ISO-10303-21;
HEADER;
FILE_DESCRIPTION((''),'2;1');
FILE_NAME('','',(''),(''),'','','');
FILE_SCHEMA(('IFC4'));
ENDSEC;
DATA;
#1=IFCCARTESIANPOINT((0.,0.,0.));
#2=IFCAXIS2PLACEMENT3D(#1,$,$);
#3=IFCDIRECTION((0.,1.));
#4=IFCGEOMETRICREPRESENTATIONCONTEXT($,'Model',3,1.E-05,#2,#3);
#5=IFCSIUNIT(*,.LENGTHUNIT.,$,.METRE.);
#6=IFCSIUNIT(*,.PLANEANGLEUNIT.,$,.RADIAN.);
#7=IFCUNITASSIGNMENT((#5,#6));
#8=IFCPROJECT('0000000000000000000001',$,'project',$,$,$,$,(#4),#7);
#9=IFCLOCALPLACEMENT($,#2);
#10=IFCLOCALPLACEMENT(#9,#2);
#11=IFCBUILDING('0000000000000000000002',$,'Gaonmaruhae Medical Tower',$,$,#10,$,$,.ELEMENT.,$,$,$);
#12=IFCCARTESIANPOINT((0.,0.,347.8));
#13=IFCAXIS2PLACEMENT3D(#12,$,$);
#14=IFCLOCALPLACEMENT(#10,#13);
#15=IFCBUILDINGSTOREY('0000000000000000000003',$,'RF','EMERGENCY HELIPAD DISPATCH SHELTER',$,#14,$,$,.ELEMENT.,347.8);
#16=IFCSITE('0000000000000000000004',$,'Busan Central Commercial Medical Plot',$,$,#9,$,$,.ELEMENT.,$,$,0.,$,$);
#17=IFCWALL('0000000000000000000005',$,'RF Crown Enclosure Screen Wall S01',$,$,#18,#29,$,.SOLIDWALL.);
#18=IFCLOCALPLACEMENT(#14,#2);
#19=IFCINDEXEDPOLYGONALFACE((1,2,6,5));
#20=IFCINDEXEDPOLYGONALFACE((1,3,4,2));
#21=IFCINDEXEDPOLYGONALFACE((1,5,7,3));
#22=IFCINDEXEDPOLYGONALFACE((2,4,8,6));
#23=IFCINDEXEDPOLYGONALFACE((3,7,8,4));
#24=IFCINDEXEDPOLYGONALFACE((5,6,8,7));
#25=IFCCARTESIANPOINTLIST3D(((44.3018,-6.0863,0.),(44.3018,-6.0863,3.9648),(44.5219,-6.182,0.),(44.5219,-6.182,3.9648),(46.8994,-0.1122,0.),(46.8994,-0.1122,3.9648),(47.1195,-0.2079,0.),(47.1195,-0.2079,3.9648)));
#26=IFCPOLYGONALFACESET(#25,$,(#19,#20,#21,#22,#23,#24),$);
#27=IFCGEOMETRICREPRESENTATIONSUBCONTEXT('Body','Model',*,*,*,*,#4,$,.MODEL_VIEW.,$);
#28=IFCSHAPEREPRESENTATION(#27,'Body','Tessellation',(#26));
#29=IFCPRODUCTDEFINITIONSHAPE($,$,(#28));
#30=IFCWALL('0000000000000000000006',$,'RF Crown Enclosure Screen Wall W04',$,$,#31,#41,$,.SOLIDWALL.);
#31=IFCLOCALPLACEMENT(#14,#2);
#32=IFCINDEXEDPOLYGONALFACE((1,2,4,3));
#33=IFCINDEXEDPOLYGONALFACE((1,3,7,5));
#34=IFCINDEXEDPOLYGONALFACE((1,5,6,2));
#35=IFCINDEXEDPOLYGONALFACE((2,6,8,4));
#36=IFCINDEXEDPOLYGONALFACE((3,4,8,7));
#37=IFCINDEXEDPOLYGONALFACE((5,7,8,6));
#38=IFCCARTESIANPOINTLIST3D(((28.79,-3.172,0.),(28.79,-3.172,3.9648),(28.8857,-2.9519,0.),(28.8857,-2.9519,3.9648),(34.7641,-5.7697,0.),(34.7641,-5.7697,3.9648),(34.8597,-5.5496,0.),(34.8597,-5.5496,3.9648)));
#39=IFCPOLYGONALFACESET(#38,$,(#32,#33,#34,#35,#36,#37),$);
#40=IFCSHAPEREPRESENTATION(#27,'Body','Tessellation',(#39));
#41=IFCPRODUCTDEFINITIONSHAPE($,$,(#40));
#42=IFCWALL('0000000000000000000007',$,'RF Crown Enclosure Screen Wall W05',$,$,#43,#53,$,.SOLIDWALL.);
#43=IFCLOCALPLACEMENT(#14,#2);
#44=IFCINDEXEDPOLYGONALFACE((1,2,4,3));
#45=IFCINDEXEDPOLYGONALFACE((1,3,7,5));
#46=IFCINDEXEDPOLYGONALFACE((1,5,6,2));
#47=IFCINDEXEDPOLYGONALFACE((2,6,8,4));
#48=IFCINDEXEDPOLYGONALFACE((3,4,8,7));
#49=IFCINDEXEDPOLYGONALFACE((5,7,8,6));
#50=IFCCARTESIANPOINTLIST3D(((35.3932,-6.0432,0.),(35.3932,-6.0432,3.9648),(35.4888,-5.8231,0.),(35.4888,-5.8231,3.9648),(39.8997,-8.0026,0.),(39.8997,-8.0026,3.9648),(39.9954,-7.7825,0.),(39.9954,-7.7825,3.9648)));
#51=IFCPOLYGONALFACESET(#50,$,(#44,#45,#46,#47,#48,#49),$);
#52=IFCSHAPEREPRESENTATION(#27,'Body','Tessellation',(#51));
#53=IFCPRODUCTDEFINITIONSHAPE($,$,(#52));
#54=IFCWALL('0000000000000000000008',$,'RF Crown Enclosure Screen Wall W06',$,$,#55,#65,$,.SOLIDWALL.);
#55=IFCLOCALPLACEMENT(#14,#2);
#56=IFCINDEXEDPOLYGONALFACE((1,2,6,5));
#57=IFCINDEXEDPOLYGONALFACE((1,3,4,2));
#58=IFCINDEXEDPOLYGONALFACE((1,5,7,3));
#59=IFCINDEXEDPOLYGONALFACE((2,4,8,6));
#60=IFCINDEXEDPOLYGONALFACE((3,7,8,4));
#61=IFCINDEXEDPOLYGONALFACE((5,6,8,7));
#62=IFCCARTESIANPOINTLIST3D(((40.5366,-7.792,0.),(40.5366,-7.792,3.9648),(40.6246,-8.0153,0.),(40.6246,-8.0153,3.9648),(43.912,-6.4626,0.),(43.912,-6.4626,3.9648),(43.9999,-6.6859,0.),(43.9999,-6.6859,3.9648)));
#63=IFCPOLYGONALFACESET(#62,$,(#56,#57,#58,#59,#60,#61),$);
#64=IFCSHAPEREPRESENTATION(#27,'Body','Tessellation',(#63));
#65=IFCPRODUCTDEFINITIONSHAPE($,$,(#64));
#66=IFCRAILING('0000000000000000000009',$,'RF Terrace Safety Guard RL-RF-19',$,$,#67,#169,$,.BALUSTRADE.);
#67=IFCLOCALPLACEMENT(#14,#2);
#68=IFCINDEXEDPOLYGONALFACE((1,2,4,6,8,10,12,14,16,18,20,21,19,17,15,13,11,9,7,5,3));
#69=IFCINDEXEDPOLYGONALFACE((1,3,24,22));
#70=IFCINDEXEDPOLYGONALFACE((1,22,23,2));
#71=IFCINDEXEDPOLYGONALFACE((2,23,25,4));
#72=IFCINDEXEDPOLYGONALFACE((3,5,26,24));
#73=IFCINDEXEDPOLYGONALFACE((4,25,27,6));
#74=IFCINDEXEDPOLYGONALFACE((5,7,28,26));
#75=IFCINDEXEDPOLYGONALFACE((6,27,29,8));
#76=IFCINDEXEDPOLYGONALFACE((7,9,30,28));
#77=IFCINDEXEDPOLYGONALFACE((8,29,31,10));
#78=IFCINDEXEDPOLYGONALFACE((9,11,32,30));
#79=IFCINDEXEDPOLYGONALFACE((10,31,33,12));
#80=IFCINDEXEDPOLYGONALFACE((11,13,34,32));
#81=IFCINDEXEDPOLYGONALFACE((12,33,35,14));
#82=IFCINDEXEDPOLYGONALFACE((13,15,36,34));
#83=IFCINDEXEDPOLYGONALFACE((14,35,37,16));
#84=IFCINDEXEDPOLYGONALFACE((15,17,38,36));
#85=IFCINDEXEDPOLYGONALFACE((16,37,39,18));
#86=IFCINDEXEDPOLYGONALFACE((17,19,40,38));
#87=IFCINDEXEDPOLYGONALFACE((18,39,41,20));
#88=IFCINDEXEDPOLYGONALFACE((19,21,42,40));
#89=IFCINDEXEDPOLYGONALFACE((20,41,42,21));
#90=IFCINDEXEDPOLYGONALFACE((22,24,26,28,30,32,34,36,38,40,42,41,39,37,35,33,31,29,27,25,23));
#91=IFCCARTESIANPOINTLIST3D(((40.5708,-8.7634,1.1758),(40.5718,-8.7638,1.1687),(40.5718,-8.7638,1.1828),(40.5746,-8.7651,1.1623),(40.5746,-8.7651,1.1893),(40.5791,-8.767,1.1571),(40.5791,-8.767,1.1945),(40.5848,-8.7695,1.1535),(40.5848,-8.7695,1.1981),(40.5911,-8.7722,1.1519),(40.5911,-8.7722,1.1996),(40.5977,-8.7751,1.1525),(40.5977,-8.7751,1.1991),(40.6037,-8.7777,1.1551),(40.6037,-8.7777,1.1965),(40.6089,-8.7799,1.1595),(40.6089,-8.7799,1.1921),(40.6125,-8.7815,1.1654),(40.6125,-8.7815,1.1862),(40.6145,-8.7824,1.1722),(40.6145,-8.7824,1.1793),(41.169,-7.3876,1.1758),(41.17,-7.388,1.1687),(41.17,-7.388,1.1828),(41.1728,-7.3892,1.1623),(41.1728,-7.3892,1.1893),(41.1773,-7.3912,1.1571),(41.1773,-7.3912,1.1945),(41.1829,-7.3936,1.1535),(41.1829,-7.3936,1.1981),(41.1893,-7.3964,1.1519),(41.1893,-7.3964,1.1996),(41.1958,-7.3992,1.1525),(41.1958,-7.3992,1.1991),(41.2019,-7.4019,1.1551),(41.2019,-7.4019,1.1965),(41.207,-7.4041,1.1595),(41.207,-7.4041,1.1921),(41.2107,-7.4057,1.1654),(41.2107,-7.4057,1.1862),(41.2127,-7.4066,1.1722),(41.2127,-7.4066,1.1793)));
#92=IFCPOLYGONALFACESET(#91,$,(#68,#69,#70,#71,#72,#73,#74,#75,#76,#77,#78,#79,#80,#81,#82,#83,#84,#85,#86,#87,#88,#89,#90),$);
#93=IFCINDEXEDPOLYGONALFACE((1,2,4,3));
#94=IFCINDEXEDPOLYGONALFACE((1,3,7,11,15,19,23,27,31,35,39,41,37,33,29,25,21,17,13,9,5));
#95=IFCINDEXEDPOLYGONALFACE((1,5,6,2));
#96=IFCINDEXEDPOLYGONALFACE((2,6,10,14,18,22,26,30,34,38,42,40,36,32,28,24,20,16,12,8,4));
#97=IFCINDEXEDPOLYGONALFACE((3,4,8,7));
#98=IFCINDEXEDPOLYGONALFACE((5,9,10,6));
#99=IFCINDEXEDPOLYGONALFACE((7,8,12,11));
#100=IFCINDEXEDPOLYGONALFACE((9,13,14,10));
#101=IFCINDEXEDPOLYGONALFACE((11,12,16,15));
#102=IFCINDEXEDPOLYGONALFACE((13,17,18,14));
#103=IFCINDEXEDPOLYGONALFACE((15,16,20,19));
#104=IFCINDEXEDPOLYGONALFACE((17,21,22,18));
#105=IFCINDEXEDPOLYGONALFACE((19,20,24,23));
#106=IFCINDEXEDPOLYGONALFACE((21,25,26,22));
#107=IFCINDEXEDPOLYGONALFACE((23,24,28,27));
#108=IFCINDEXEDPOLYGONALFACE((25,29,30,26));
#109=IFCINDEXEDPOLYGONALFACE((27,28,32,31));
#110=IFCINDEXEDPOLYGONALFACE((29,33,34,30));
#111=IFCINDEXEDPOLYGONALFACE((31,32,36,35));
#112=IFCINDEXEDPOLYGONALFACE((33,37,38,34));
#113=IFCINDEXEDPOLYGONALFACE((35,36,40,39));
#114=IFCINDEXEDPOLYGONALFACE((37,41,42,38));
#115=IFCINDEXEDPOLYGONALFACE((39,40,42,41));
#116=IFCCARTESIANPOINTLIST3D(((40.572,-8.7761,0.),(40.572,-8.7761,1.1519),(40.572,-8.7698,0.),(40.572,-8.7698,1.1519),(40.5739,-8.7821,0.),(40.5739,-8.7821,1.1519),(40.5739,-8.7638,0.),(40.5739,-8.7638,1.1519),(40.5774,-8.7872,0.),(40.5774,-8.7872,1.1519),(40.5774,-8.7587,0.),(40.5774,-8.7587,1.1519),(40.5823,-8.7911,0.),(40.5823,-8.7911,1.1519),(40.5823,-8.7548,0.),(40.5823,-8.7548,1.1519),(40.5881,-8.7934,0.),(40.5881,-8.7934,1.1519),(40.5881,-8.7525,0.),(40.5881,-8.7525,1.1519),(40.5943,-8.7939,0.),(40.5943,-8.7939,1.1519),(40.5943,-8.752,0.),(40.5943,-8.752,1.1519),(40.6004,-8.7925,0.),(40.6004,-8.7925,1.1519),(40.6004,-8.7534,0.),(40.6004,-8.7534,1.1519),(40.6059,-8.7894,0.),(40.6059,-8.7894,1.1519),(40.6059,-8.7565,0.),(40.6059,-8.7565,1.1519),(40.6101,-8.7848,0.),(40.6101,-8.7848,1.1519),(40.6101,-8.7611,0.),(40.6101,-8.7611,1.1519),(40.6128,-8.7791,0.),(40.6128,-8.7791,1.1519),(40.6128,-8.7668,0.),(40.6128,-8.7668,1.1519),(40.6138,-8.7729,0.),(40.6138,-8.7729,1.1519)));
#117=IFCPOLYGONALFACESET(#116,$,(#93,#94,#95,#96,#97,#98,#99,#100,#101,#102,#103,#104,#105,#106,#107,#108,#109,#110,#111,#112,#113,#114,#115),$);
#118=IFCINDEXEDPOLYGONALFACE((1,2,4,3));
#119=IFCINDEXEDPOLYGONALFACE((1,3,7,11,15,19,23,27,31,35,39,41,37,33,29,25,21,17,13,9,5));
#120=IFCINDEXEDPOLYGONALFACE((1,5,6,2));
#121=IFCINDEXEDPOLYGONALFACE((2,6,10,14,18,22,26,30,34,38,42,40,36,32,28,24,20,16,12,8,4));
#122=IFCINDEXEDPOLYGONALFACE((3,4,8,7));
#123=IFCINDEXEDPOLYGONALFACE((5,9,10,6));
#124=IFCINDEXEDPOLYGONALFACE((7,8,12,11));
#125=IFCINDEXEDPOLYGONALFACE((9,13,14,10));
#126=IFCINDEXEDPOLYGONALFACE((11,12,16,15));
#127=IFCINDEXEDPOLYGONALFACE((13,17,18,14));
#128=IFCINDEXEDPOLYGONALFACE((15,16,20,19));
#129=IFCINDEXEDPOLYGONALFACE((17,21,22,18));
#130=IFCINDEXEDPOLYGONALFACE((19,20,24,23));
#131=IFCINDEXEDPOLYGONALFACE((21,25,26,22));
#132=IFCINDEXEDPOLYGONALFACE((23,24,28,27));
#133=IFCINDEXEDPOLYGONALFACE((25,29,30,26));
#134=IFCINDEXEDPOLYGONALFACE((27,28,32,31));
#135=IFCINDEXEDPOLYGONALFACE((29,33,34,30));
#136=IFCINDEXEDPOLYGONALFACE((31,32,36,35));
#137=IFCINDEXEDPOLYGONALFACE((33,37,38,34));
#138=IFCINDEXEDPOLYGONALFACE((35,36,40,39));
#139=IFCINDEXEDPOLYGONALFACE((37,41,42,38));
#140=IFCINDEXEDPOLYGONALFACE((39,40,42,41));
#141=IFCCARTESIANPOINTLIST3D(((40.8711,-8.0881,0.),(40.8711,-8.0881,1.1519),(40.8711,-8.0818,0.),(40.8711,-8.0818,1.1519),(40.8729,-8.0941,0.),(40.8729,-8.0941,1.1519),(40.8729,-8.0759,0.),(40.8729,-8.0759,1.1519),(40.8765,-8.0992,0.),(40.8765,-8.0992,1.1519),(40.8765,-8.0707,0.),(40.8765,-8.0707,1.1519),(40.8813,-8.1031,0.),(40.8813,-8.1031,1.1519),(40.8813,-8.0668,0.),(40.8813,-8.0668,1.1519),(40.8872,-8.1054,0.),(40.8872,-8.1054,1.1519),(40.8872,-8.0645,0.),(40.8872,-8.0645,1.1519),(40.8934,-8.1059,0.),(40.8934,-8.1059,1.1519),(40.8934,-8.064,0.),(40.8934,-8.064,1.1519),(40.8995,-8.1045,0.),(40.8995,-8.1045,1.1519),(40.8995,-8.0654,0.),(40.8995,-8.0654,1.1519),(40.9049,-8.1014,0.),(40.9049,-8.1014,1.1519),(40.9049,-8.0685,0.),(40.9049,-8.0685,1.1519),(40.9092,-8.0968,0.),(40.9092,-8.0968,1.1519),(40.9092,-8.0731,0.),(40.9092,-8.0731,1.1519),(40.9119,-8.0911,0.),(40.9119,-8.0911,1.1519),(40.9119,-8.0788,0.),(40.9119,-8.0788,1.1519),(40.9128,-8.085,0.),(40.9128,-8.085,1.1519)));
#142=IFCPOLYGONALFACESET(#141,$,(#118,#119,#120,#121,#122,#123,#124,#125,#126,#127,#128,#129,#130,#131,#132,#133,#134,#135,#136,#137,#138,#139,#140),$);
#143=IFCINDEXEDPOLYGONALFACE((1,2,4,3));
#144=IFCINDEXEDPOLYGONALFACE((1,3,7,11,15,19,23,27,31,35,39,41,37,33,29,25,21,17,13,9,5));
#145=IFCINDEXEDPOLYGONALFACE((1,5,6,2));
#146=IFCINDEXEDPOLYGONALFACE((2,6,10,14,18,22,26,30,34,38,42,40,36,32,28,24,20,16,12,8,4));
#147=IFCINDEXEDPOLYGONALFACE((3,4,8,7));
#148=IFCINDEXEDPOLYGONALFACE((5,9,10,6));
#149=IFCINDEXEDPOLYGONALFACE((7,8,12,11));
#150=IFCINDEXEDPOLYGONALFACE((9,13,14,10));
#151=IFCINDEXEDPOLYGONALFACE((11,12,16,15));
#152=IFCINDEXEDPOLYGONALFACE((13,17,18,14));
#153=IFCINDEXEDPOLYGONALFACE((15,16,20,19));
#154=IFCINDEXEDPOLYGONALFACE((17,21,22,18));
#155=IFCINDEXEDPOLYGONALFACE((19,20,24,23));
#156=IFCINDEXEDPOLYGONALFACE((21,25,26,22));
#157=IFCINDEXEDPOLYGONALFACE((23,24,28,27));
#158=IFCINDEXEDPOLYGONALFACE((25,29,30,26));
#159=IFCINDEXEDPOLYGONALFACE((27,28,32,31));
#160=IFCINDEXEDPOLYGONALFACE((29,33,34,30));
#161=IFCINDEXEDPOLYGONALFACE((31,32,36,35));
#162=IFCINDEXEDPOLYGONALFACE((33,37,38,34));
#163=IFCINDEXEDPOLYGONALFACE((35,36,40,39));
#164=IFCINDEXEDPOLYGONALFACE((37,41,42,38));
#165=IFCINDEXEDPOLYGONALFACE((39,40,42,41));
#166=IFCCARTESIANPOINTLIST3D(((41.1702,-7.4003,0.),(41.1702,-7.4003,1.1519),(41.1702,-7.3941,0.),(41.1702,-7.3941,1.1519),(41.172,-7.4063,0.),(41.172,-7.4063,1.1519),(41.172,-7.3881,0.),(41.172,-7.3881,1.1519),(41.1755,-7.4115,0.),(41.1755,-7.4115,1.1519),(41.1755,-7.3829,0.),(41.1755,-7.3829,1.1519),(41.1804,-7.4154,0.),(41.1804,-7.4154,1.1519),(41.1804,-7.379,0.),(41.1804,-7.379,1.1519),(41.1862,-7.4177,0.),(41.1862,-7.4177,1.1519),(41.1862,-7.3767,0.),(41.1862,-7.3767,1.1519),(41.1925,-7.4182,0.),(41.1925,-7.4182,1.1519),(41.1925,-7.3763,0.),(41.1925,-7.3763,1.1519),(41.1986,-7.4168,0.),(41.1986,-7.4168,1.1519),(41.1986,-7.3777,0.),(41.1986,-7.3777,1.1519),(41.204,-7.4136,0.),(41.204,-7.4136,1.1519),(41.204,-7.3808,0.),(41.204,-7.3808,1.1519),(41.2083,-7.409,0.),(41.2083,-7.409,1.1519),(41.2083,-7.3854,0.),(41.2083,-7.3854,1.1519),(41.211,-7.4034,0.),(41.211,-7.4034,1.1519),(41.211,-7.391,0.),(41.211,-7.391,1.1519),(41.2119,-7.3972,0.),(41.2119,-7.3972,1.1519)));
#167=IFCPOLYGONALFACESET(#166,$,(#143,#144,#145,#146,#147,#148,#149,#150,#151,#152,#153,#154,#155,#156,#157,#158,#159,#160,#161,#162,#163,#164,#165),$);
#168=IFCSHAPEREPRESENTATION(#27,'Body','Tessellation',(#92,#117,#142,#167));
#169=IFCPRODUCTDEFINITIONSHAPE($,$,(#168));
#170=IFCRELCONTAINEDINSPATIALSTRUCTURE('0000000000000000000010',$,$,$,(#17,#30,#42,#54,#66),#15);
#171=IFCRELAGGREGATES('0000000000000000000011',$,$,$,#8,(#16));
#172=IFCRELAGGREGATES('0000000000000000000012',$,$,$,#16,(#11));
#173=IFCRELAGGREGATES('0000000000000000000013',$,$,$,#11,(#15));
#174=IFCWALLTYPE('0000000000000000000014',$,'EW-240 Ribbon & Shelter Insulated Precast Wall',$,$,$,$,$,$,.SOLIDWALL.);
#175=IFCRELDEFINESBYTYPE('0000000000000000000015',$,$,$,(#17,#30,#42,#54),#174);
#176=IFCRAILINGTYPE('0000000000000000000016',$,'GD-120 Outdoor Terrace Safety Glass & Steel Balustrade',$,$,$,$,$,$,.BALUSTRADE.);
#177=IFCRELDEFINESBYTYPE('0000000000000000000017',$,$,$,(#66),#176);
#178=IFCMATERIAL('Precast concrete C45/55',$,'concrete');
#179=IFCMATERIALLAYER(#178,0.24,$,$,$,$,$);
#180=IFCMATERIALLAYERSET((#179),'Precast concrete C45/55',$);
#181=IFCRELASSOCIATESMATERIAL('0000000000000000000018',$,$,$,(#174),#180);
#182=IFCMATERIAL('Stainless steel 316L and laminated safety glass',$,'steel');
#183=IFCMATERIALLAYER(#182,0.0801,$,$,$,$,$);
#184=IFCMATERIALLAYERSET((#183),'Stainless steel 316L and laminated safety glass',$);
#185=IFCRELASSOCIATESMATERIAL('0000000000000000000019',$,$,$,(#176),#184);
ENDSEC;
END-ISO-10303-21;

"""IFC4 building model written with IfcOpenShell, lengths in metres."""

from ifc_helpers import new_model, si_unit, direction, frame, frame_2d, origin, origin_2d, place, context, subcontext, project, spatial, rectangle, circle, extrude, material, layer, layer_set, type_object, element, save


model = new_model("IFC4")

# Units and contexts
model_context = context("Model", 3, precision=1e-05, world=origin(), true_north=direction((0.0, 1.0)))
body_context = subcontext(model_context, "Body", "Model", "MODEL_VIEW")
ifc_project = project(units=[si_unit("LENGTHUNIT", "METRE"), si_unit("PLANEANGLEUNIT", "RADIAN")], contexts=[model_context])

# Site, building, storey
site_placement = place(None, origin())
site = spatial("IfcSite", under=ifc_project, at=site_placement, Name="Busan Central Commercial Medical Plot", CompositionType="ELEMENT", RefElevation=0.0)
building_placement = place(site_placement, origin())
building = spatial("IfcBuilding", under=site, at=building_placement, Name="Gaonmaruhae Medical Tower", CompositionType="ELEMENT")
storey_placement = place(building_placement, frame((0.0, 0.0, 347.8)))
storey = spatial("IfcBuildingStorey", under=building, at=storey_placement, Name="RF", Description="EMERGENCY HELIPAD DISPATCH SHELTER", CompositionType="ELEMENT", Elevation=347.8)

# Walls
ifc_material_1 = material(Name="Precast concrete C45/55", Category="concrete")
ifc_layer_1 = layer(ifc_material_1, 0.24)
ifc_layer_set_1 = layer_set([ifc_layer_1], Name="Precast concrete C45/55")
wall_type = type_object("IfcWallType", Name="EW-240 Ribbon & Shelter Insulated Precast Wall", PredefinedType="SOLIDWALL", material=ifc_layer_set_1)
for number, where, z_axis, x_axis, name in (
    (1, (47.0095, -0.1599, 0.0), (0.0, 0.0, 1.0), (-0.398754, -0.917058, 0.0), "RF Crown Enclosure Screen Wall S01"),
    (2, (34.812, -5.6597, 0.0), (0.0, 0.0, 1.0), (-0.917058, 0.398754, 0.0), "RF Crown Enclosure Screen Wall W04"),
):
    element("IfcWall", number, at=place(storey_placement, frame(where, z_axis=z_axis, x_axis=x_axis)), inside=storey, type_object=wall_type, Name=name, PredefinedType="SOLIDWALL", context=body_context, shape_type="SweptSolid", body=[
        extrude(rectangle(XDim=6.5144, YDim=0.24, at=frame_2d((3.2573, 0.0))), origin(), (0.0, 0.0, 1.0), 3.9648),
    ])
wall_1_placement = place(storey_placement, frame((39.9475, -7.8926, 0.0), z_axis=(0.0, 0.0, 1.0), x_axis=(-0.917064, 0.398741, 0.0)))
element("IfcWall", 3, at=wall_1_placement, inside=storey, type_object=wall_type, Name="RF Crown Enclosure Screen Wall W05", PredefinedType="SOLIDWALL", context=body_context, shape_type="SweptSolid", body=[
    extrude(rectangle(XDim=4.9141, YDim=0.24, at=frame_2d((2.457, 0.0))), origin(), (0.0, 0.0, 1.0), 3.9648),
])
wall_2_placement = place(storey_placement, frame((43.9561, -6.5742, 0.0), z_axis=(0.0, 0.0, 1.0), x_axis=(-0.930436, -0.366454, 0.0)))
element("IfcWall", 4, at=wall_2_placement, inside=storey, type_object=wall_type, Name="RF Crown Enclosure Screen Wall W06", PredefinedType="SOLIDWALL", context=body_context, shape_type="SweptSolid", body=[
    extrude(rectangle(XDim=3.6277, YDim=0.24, at=frame_2d((1.814, 0.0))), origin(), (0.0, 0.0, 1.0), 3.9648),
])

# Railing
ifc_material_2 = material(Name="Stainless steel 316L and laminated safety glass", Category="steel")
ifc_layer_2 = layer(ifc_material_2, 0.0801)
ifc_layer_set_2 = layer_set([ifc_layer_2], Name="Stainless steel 316L and laminated safety glass")
railing_type = type_object("IfcRailingType", Name="GD-120 Outdoor Terrace Safety Glass & Steel Balustrade", PredefinedType="BALUSTRADE", material=ifc_layer_set_2)
railing_1_placement = place(storey_placement, frame((40.5928, -8.7729, 0.0)))
element("IfcRailing", 5, at=railing_1_placement, inside=storey, type_object=railing_type, Name="RF Terrace Safety Guard RL-RF-19", PredefinedType="BALUSTRADE", context=body_context, shape_type="SweptSolid", body=[
    extrude(circle(Radius=0.0239, at=origin_2d()), frame((0.0, 0.0, 1.1758), z_axis=(0.398726, 0.91707, 0.0), x_axis=(-0.91707, 0.398726, 0.0)), (0.0, 0.0, 1.0), 1.5002),
    extrude(circle(Radius=0.021, at=origin_2d()), origin(), (0.0, 0.0, 1.0), 1.1519),
    extrude(circle(Radius=0.021, at=origin_2d()), frame((0.2991, 0.688, 0.0)), (0.0, 0.0, 1.0), 1.1519),
    extrude(circle(Radius=0.021, at=origin_2d()), frame((0.5981, 1.3757, 0.0)), (0.0, 0.0, 1.0), 1.1519),
])

save(model, "model.ifc")
